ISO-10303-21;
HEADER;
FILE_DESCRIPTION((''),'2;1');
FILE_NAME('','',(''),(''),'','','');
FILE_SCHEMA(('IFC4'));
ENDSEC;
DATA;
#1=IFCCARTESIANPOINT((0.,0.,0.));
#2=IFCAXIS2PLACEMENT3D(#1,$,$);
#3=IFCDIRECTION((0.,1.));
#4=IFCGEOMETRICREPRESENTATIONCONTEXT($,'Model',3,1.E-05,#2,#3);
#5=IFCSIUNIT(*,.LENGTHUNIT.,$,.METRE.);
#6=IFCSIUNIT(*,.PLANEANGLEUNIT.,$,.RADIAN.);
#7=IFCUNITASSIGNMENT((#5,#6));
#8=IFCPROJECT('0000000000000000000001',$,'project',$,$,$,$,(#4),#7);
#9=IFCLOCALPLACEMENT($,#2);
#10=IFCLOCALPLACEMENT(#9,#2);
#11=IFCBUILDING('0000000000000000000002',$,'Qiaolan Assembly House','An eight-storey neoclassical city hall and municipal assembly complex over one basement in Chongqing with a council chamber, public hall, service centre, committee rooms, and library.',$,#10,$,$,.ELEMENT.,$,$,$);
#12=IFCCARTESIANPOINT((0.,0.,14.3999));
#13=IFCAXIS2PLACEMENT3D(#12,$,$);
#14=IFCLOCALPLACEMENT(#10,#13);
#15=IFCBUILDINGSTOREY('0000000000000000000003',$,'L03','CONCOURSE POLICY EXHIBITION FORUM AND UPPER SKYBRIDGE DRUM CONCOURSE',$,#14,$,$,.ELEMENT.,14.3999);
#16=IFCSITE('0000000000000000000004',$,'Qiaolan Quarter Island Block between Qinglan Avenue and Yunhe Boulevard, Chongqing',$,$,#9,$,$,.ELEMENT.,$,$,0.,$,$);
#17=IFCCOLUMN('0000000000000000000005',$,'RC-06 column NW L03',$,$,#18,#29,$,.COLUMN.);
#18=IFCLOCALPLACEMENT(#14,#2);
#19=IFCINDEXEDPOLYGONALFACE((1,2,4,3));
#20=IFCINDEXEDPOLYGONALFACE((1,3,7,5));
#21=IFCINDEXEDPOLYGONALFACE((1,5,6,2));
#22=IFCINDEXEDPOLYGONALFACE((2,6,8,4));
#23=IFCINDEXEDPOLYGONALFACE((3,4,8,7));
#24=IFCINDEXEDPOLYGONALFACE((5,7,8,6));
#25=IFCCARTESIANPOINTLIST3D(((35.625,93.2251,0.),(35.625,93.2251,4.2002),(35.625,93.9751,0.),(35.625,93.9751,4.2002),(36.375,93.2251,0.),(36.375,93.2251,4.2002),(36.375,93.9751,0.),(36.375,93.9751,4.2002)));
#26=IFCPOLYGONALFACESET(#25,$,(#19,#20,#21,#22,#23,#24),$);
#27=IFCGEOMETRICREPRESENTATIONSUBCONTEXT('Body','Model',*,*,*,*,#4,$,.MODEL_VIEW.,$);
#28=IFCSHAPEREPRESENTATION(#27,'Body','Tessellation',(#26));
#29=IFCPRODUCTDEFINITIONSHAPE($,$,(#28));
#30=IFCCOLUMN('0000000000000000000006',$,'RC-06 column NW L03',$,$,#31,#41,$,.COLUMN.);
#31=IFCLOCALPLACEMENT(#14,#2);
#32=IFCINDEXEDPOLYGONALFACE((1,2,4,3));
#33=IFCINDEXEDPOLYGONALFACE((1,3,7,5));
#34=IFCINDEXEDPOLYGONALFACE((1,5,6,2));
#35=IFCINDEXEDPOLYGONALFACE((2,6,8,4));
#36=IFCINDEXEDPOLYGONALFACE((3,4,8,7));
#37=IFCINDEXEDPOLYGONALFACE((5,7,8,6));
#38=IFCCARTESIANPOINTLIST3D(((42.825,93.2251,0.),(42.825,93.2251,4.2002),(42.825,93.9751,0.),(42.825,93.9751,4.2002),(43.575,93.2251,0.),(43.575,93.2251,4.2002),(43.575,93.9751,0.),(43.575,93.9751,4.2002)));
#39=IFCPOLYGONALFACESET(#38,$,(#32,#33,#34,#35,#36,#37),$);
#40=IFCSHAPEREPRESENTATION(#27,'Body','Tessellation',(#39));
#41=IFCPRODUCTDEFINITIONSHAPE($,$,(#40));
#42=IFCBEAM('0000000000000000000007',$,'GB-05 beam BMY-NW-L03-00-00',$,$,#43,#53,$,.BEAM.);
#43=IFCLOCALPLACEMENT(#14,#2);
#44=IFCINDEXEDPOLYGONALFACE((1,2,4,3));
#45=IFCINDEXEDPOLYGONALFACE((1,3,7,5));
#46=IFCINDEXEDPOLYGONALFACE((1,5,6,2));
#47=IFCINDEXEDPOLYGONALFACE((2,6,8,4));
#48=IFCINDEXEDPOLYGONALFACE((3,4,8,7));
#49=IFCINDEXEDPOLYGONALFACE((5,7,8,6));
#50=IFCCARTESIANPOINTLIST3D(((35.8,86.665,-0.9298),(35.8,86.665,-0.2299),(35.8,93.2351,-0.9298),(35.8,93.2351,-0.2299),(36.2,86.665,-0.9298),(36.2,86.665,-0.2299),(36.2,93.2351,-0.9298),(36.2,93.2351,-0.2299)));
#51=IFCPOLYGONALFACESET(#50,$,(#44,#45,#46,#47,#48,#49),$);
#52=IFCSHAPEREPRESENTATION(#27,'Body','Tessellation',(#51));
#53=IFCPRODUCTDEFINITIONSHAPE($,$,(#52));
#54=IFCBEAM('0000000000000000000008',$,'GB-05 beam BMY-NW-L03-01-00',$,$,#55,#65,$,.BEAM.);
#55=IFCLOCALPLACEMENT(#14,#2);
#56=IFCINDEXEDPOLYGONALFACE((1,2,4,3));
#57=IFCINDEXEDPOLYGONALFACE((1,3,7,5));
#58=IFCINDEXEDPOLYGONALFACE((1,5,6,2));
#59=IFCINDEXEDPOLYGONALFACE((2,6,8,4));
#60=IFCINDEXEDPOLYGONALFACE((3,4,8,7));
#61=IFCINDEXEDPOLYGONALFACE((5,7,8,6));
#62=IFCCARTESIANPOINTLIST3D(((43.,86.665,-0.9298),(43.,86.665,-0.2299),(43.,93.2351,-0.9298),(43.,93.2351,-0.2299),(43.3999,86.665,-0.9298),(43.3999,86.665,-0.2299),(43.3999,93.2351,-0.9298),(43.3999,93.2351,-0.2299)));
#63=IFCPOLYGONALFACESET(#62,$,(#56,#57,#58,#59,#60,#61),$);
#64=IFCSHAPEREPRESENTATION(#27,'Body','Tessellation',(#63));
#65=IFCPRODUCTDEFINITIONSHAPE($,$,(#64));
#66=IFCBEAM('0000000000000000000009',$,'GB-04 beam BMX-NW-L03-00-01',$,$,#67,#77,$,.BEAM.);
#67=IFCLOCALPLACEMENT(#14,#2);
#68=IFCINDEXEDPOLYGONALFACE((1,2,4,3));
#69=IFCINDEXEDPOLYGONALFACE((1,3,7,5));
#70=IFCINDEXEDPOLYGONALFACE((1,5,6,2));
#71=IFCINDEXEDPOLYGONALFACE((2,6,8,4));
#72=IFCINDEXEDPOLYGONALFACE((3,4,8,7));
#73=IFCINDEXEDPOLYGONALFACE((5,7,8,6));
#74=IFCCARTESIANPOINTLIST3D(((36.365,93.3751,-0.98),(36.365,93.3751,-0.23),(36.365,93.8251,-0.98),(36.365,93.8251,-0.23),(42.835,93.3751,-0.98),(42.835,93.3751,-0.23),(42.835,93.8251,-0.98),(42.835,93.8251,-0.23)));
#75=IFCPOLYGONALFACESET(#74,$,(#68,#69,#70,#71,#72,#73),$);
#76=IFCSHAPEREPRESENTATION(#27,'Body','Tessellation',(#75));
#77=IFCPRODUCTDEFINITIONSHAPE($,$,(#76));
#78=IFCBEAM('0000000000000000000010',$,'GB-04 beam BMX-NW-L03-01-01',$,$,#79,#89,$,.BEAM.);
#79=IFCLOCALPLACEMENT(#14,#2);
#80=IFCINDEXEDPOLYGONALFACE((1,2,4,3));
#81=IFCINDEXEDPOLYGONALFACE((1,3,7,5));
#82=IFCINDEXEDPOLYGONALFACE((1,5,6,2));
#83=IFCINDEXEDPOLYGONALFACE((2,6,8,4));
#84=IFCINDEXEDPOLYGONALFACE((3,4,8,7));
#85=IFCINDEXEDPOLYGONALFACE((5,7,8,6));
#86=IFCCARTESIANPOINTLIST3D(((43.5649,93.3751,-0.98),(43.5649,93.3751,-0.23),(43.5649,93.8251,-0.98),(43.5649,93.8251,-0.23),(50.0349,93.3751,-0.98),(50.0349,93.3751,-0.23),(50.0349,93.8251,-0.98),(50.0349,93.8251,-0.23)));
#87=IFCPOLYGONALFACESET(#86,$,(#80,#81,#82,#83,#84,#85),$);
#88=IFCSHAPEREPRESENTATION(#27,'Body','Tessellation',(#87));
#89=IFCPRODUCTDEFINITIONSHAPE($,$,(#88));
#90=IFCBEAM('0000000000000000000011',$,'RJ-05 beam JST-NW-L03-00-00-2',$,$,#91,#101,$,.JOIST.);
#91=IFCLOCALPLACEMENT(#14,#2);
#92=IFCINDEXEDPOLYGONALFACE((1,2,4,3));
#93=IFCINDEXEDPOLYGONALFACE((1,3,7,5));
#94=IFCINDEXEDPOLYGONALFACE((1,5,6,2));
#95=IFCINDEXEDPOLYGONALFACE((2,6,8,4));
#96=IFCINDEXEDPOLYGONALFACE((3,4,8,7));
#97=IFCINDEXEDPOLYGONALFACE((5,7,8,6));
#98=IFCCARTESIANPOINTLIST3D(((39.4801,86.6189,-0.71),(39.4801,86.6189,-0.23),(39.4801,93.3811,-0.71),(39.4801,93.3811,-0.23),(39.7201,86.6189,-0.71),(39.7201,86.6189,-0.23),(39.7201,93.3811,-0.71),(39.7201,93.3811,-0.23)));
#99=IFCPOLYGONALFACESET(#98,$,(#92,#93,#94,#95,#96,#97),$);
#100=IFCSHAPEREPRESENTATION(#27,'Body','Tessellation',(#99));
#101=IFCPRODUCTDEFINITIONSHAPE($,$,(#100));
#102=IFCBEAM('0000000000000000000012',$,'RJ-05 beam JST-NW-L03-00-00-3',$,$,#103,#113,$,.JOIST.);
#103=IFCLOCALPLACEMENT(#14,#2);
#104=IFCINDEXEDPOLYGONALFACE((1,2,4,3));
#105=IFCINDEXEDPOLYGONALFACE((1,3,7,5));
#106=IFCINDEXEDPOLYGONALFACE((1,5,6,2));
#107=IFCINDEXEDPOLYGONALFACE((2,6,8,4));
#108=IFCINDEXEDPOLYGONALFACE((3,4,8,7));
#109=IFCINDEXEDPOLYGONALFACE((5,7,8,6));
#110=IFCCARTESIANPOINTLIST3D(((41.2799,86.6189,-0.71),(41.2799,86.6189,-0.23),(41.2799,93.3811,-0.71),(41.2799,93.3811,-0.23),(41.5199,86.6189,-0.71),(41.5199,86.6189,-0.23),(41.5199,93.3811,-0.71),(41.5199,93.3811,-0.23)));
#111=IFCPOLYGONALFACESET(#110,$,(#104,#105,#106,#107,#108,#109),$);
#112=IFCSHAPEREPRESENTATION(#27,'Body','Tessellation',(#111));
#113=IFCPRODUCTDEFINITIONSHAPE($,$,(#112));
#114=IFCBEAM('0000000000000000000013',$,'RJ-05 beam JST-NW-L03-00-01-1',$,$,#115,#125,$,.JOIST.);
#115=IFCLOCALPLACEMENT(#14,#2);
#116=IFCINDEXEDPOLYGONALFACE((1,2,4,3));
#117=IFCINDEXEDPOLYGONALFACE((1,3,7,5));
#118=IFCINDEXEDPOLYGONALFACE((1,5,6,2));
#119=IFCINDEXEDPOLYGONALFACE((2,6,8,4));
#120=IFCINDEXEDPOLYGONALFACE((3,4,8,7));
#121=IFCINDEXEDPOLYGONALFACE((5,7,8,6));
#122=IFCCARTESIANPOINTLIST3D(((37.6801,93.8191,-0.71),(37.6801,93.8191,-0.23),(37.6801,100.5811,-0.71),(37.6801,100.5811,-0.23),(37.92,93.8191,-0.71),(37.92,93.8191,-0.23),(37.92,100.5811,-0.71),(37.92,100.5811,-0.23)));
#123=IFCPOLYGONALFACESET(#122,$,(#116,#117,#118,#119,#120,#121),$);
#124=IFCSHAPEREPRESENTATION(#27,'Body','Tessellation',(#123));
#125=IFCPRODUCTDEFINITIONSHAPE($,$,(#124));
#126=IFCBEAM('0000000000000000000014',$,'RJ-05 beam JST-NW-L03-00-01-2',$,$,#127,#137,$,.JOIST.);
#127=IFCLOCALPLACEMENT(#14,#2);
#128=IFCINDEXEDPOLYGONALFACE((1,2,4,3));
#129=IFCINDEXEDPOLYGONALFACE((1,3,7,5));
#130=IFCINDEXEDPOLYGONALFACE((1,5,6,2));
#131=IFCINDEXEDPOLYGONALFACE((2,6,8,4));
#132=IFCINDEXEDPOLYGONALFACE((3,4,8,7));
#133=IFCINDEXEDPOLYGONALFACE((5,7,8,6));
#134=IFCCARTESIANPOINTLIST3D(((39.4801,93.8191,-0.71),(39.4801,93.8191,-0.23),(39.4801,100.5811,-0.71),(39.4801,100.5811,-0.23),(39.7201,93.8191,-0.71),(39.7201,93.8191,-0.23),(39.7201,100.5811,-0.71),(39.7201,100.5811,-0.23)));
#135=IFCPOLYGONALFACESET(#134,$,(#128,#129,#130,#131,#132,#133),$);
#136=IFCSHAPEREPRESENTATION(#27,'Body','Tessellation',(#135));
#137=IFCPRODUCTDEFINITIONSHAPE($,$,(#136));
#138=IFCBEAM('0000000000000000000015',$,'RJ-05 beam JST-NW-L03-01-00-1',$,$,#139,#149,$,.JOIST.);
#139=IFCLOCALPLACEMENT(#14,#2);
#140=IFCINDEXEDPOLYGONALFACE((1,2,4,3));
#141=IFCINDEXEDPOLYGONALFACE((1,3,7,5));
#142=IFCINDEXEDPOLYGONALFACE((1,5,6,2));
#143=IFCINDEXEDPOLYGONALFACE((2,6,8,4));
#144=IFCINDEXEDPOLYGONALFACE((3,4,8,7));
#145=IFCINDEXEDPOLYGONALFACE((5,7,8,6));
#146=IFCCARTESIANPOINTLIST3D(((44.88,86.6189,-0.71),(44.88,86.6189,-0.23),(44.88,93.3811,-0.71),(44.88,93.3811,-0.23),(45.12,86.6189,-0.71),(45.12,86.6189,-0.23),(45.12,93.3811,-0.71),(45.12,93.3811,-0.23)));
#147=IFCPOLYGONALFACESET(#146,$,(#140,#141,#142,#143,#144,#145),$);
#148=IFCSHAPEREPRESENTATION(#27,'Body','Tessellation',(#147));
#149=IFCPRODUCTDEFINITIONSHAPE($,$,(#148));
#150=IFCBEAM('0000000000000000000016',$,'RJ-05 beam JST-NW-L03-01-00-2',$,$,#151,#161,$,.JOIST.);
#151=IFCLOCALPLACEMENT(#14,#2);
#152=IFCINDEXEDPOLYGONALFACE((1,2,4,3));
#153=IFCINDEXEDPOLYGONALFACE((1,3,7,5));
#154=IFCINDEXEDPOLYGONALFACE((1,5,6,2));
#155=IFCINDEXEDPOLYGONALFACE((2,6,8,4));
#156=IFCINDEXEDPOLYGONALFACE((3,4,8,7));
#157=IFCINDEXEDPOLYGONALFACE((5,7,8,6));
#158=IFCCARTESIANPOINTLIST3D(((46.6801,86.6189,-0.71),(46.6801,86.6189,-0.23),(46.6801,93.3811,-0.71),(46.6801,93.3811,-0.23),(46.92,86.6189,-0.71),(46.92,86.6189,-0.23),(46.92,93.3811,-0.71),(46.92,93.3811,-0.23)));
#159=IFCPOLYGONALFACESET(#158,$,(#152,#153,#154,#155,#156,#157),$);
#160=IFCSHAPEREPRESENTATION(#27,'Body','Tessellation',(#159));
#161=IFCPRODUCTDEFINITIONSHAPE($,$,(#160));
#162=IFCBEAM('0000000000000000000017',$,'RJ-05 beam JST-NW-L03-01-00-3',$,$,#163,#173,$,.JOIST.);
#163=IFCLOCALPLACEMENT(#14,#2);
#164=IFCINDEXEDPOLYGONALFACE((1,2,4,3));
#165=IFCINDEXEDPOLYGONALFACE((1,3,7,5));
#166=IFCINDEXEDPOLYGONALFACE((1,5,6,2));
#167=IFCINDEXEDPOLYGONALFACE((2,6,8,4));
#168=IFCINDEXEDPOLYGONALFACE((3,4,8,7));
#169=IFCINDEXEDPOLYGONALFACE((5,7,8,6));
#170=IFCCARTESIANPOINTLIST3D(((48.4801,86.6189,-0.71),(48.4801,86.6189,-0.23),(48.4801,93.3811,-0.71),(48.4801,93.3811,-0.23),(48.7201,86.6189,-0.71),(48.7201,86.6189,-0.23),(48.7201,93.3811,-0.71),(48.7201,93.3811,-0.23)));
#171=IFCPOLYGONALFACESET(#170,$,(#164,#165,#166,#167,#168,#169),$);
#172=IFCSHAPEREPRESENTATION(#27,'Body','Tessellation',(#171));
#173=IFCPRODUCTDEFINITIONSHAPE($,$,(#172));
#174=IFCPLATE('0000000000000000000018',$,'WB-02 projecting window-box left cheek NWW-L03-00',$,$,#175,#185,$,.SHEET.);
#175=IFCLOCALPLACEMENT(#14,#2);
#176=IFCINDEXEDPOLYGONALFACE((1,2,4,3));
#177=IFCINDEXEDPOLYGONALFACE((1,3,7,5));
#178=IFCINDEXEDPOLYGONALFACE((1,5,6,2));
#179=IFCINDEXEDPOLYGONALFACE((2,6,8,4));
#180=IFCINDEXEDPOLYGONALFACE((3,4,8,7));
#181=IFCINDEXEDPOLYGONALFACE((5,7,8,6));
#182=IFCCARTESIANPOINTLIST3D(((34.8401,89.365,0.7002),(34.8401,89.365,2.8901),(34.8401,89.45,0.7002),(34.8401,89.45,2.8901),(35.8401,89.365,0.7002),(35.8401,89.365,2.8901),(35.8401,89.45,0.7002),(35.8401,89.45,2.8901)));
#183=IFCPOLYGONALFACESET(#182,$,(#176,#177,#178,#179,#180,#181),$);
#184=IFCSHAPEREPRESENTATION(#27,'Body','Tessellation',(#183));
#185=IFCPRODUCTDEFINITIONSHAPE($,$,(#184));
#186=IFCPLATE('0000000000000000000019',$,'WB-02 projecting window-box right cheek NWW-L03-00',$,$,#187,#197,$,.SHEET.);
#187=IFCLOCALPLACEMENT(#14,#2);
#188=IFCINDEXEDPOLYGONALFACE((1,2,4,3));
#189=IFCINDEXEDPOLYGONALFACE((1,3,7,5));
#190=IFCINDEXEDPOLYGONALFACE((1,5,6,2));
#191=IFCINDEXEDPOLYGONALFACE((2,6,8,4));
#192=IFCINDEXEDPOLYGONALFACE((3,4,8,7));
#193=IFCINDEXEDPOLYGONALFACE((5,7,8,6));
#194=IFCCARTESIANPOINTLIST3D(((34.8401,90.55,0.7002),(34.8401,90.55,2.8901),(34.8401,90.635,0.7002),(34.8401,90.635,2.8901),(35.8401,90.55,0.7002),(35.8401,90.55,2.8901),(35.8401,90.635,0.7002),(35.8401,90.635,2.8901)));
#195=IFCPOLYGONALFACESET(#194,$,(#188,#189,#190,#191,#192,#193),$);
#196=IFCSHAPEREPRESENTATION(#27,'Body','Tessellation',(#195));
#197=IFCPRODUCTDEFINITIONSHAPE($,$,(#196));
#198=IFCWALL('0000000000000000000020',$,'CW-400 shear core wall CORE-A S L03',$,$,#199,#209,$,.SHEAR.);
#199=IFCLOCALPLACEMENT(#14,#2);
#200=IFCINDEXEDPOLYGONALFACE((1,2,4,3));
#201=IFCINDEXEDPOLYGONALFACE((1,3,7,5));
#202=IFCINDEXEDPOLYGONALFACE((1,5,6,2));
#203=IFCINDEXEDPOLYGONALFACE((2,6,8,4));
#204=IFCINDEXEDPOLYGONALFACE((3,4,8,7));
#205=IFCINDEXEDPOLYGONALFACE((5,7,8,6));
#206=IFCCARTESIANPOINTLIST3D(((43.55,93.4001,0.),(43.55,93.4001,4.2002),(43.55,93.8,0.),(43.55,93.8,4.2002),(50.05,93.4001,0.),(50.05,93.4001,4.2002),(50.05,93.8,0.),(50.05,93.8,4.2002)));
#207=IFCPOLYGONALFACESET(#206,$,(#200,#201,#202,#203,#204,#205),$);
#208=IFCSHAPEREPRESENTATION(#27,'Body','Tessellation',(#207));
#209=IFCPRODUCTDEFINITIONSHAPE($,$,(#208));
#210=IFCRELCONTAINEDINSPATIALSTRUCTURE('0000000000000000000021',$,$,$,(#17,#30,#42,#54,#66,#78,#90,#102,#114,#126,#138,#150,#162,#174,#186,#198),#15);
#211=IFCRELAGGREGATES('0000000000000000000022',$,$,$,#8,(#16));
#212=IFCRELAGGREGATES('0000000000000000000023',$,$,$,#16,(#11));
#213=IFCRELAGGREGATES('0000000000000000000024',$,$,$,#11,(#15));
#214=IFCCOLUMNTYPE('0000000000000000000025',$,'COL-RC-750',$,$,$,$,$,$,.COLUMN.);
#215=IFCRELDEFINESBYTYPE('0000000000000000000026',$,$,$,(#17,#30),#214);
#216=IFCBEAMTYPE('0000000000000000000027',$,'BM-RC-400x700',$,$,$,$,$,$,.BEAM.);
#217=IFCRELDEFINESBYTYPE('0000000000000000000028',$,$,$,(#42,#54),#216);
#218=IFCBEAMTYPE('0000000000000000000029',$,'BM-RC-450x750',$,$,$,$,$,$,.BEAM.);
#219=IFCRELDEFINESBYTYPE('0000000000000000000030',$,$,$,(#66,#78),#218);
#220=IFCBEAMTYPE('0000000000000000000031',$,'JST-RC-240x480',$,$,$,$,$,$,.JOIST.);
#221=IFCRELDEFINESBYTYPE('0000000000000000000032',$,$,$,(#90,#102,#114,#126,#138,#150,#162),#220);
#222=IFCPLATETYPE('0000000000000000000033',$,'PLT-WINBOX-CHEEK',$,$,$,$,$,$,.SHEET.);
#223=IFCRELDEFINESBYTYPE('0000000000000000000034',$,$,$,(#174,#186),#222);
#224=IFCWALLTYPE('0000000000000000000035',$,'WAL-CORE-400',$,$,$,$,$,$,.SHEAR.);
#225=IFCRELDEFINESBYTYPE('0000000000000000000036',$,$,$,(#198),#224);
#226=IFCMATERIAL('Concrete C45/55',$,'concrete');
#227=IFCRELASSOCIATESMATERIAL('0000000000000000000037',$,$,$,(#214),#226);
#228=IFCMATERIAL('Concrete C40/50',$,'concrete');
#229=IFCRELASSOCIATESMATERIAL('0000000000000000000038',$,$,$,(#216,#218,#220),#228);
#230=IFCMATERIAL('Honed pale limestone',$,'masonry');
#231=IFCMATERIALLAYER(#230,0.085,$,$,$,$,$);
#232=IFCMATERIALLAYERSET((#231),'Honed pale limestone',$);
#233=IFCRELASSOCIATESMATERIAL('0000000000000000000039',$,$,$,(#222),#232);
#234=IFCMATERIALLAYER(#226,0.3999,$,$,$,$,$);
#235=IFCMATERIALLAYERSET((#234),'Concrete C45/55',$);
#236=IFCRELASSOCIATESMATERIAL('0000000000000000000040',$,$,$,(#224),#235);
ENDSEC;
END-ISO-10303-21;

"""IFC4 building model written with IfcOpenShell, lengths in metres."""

from ifc_helpers import new_model, si_unit, direction, frame, frame_2d, origin, origin_2d, place, context, subcontext, project, spatial, rectangle, extrude, material, layer, layer_set, material_profile, profile_set, type_object, element, save


model = new_model("IFC4")

# Units and contexts
model_context = context("Model", 3, precision=1e-05, world=origin(), true_north=direction((0.0, 1.0)))
body_context = subcontext(model_context, "Body", "Model", "MODEL_VIEW")
ifc_project = project(units=[si_unit("LENGTHUNIT", "METRE"), si_unit("PLANEANGLEUNIT", "RADIAN")], contexts=[model_context])

# Site, building, storey
site_placement = place(None, origin())
site = spatial("IfcSite", under=ifc_project, at=site_placement, Name="Qiaolan Quarter Island Block between Qinglan Avenue and Yunhe Boulevard, Chongqing", CompositionType="ELEMENT", RefElevation=0.0)
building_placement = place(site_placement, origin())
building = spatial("IfcBuilding", under=site, at=building_placement, Name="Qiaolan Assembly House", Description="An eight-storey neoclassical city hall and municipal assembly complex over one basement in Chongqing with a council chamber, public hall, service centre, committee rooms, and library.", CompositionType="ELEMENT")
storey_placement = place(building_placement, frame((0.0, 0.0, 14.3999)))
storey = spatial("IfcBuildingStorey", under=building, at=storey_placement, Name="L03", Description="CONCOURSE POLICY EXHIBITION FORUM AND UPPER SKYBRIDGE DRUM CONCOURSE", CompositionType="ELEMENT", Elevation=14.3999)

# Columns
ifc_material_1 = material(Name="Concrete C45/55", Category="concrete")
ifc_material_profile_1 = material_profile(ifc_material_1, rectangle(XDim=0.75, YDim=0.75, at=origin_2d()), Name="RC 750x750")
ifc_profile_set_1 = profile_set([ifc_material_profile_1], Name="Concrete C45/55")
column_type = type_object("IfcColumnType", Name="COL-RC-750", PredefinedType="COLUMN", material=ifc_profile_set_1)
for number, where, z_axis, x_axis, name in (
    (1, (36.0, 93.6001, 0.0), (0.0, 0.0, 1.0), (1.0, 0.0, 0.0), "RC-06 column NW L03"),
    (2, (43.2, 93.6001, 0.0), (0.0, 0.0, 1.0), (1.0, 0.0, 0.0), "RC-06 column NW L03"),
):
    element("IfcColumn", number, at=place(storey_placement, frame(where, z_axis=z_axis, x_axis=x_axis)), inside=storey, type_object=column_type, Name=name, PredefinedType="COLUMN", context=body_context, shape_type="SweptSolid", body=[
        extrude(rectangle(XDim=0.75, YDim=0.75, at=origin_2d()), origin(), (0.0, 0.0, 1.0), 4.2002),
    ])

# Beams
ifc_material_2 = material(Name="Concrete C40/50", Category="concrete")
ifc_material_profile_2 = material_profile(ifc_material_2, rectangle(XDim=0.3999, YDim=0.7, at=origin_2d()), Name="RCB 400x700")
ifc_profile_set_2 = profile_set([ifc_material_profile_2], Name="Concrete C40/50")
beam_type_1 = type_object("IfcBeamType", Name="BM-RC-400x700", PredefinedType="BEAM", material=ifc_profile_set_2)
for number, where, z_axis, x_axis, name in (
    (3, (36.0, 86.665, -0.5798), (0.0, 1.0, 0.0), (-1.0, 0.0, 0.0), "GB-05 beam BMY-NW-L03-00-00"),
    (4, (43.2, 86.665, -0.5798), (0.0, 1.0, 0.0), (-1.0, 0.0, 0.0), "GB-05 beam BMY-NW-L03-01-00"),
):
    element("IfcBeam", number, at=place(storey_placement, frame(where, z_axis=z_axis, x_axis=x_axis)), inside=storey, type_object=beam_type_1, Name=name, PredefinedType="BEAM", context=body_context, shape_type="SweptSolid", body=[
        extrude(rectangle(XDim=0.3999, YDim=0.7, at=origin_2d()), origin(), (0.0, 0.0, 1.0), 6.5701),
    ])
ifc_material_profile_3 = material_profile(ifc_material_2, rectangle(XDim=0.45, YDim=0.75, at=origin_2d()), Name="RCB 450x750")
ifc_profile_set_3 = profile_set([ifc_material_profile_3], Name="Concrete C40/50")
beam_type_2 = type_object("IfcBeamType", Name="BM-RC-450x750", PredefinedType="BEAM", material=ifc_profile_set_3)
for number, where, z_axis, x_axis, name in (
    (5, (36.365, 93.6001, -0.605), (1.0, 0.0, 0.0), (0.0, 1.0, 0.0), "GB-04 beam BMX-NW-L03-00-01"),
    (6, (43.5649, 93.6001, -0.605), (1.0, 0.0, 0.0), (0.0, 1.0, 0.0), "GB-04 beam BMX-NW-L03-01-01"),
):
    element("IfcBeam", number, at=place(storey_placement, frame(where, z_axis=z_axis, x_axis=x_axis)), inside=storey, type_object=beam_type_2, Name=name, PredefinedType="BEAM", context=body_context, shape_type="SweptSolid", body=[
        extrude(rectangle(XDim=0.45, YDim=0.75, at=origin_2d()), origin(), (0.0, 0.0, 1.0), 6.47),
    ])
ifc_material_profile_4 = material_profile(ifc_material_2, rectangle(XDim=0.24, YDim=0.48, at=origin_2d()), Name="RCB 240x480")
ifc_profile_set_4 = profile_set([ifc_material_profile_4], Name="Concrete C40/50")
beam_type_3 = type_object("IfcBeamType", Name="JST-RC-240x480", PredefinedType="JOIST", material=ifc_profile_set_4)
for number, where, z_axis, x_axis, name in (
    (7, (39.6001, 86.6189, -0.47), (0.0, 1.0, 0.0), (-1.0, 0.0, 0.0), "RJ-05 beam JST-NW-L03-00-00-2"),
    (8, (41.3999, 86.6189, -0.47), (0.0, 1.0, 0.0), (-1.0, 0.0, 0.0), "RJ-05 beam JST-NW-L03-00-00-3"),
):
    element("IfcBeam", number, at=place(storey_placement, frame(where, z_axis=z_axis, x_axis=x_axis)), inside=storey, type_object=beam_type_3, Name=name, PredefinedType="JOIST", context=body_context, shape_type="SweptSolid", body=[
        extrude(rectangle(XDim=0.24, YDim=0.48, at=origin_2d()), origin(), (0.0, 0.0, 1.0), 6.7622),
    ])
for number, where, z_axis, x_axis, name in (
    (9, (37.8, 93.8191, -0.47), (0.0, 1.0, 0.0), (-1.0, 0.0, 0.0), "RJ-05 beam JST-NW-L03-00-01-1"),
    (10, (39.6001, 93.8191, -0.47), (0.0, 1.0, 0.0), (-1.0, 0.0, 0.0), "RJ-05 beam JST-NW-L03-00-01-2"),
):
    element("IfcBeam", number, at=place(storey_placement, frame(where, z_axis=z_axis, x_axis=x_axis)), inside=storey, type_object=beam_type_3, Name=name, PredefinedType="JOIST", context=body_context, shape_type="SweptSolid", body=[
        extrude(rectangle(XDim=0.24, YDim=0.48, at=origin_2d()), origin(), (0.0, 0.0, 1.0), 6.762),
    ])
for number, where, z_axis, x_axis, name in (
    (11, (45.0, 86.6189, -0.47), (0.0, 1.0, 0.0), (-1.0, 0.0, 0.0), "RJ-05 beam JST-NW-L03-01-00-1"),
    (12, (46.8, 86.6189, -0.47), (0.0, 1.0, 0.0), (-1.0, 0.0, 0.0), "RJ-05 beam JST-NW-L03-01-00-2"),
    (13, (48.6001, 86.6189, -0.47), (0.0, 1.0, 0.0), (-1.0, 0.0, 0.0), "RJ-05 beam JST-NW-L03-01-00-3"),
):
    element("IfcBeam", number, at=place(storey_placement, frame(where, z_axis=z_axis, x_axis=x_axis)), inside=storey, type_object=beam_type_3, Name=name, PredefinedType="JOIST", context=body_context, shape_type="SweptSolid", body=[
        extrude(rectangle(XDim=0.24, YDim=0.48, at=origin_2d()), origin(), (0.0, 0.0, 1.0), 6.7622),
    ])

# Plates
ifc_material_3 = material(Name="Honed pale limestone", Category="masonry")
ifc_layer_1 = layer(ifc_material_3, 0.085)
ifc_layer_set_1 = layer_set([ifc_layer_1], Name="Honed pale limestone")
plate_type = type_object("IfcPlateType", Name="PLT-WINBOX-CHEEK", PredefinedType="SHEET", material=ifc_layer_set_1)
for number, where, z_axis, x_axis, name in (
    (14, (35.3401, 89.4075, 0.7002), (0.0, 0.0, 1.0), (1.0, 0.0, 0.0), "WB-02 projecting window-box left cheek NWW-L03-00"),
    (15, (35.3401, 90.5925, 0.7002), (0.0, 0.0, 1.0), (1.0, 0.0, 0.0), "WB-02 projecting window-box right cheek NWW-L03-00"),
):
    element("IfcPlate", number, at=place(storey_placement, frame(where, z_axis=z_axis, x_axis=x_axis)), inside=storey, type_object=plate_type, Name=name, PredefinedType="SHEET", context=body_context, shape_type="SweptSolid", body=[
        extrude(rectangle(XDim=1.0, YDim=0.085, at=origin_2d()), origin(), (0.0, 0.0, 1.0), 2.1899),
    ])

# Wall
ifc_layer_2 = layer(ifc_material_1, 0.3999)
ifc_layer_set_2 = layer_set([ifc_layer_2], Name="Concrete C45/55")
wall_type_1 = type_object("IfcWallType", Name="WAL-CORE-400", PredefinedType="SHEAR", material=ifc_layer_set_2)
wall_1_placement = place(storey_placement, frame((43.55, 93.6001, 0.0), z_axis=(0.0, 0.0, 1.0), x_axis=(1.0, 0.0, 0.0)))
element("IfcWall", 16, at=wall_1_placement, inside=storey, type_object=wall_type_1, Name="CW-400 shear core wall CORE-A S L03", PredefinedType="SHEAR", context=body_context, shape_type="SweptSolid", body=[
    extrude(rectangle(XDim=6.5, YDim=0.3999, at=frame_2d((3.25, 0.0))), origin(), (0.0, 0.0, 1.0), 4.2002),
])

save(model, "model.ifc")
